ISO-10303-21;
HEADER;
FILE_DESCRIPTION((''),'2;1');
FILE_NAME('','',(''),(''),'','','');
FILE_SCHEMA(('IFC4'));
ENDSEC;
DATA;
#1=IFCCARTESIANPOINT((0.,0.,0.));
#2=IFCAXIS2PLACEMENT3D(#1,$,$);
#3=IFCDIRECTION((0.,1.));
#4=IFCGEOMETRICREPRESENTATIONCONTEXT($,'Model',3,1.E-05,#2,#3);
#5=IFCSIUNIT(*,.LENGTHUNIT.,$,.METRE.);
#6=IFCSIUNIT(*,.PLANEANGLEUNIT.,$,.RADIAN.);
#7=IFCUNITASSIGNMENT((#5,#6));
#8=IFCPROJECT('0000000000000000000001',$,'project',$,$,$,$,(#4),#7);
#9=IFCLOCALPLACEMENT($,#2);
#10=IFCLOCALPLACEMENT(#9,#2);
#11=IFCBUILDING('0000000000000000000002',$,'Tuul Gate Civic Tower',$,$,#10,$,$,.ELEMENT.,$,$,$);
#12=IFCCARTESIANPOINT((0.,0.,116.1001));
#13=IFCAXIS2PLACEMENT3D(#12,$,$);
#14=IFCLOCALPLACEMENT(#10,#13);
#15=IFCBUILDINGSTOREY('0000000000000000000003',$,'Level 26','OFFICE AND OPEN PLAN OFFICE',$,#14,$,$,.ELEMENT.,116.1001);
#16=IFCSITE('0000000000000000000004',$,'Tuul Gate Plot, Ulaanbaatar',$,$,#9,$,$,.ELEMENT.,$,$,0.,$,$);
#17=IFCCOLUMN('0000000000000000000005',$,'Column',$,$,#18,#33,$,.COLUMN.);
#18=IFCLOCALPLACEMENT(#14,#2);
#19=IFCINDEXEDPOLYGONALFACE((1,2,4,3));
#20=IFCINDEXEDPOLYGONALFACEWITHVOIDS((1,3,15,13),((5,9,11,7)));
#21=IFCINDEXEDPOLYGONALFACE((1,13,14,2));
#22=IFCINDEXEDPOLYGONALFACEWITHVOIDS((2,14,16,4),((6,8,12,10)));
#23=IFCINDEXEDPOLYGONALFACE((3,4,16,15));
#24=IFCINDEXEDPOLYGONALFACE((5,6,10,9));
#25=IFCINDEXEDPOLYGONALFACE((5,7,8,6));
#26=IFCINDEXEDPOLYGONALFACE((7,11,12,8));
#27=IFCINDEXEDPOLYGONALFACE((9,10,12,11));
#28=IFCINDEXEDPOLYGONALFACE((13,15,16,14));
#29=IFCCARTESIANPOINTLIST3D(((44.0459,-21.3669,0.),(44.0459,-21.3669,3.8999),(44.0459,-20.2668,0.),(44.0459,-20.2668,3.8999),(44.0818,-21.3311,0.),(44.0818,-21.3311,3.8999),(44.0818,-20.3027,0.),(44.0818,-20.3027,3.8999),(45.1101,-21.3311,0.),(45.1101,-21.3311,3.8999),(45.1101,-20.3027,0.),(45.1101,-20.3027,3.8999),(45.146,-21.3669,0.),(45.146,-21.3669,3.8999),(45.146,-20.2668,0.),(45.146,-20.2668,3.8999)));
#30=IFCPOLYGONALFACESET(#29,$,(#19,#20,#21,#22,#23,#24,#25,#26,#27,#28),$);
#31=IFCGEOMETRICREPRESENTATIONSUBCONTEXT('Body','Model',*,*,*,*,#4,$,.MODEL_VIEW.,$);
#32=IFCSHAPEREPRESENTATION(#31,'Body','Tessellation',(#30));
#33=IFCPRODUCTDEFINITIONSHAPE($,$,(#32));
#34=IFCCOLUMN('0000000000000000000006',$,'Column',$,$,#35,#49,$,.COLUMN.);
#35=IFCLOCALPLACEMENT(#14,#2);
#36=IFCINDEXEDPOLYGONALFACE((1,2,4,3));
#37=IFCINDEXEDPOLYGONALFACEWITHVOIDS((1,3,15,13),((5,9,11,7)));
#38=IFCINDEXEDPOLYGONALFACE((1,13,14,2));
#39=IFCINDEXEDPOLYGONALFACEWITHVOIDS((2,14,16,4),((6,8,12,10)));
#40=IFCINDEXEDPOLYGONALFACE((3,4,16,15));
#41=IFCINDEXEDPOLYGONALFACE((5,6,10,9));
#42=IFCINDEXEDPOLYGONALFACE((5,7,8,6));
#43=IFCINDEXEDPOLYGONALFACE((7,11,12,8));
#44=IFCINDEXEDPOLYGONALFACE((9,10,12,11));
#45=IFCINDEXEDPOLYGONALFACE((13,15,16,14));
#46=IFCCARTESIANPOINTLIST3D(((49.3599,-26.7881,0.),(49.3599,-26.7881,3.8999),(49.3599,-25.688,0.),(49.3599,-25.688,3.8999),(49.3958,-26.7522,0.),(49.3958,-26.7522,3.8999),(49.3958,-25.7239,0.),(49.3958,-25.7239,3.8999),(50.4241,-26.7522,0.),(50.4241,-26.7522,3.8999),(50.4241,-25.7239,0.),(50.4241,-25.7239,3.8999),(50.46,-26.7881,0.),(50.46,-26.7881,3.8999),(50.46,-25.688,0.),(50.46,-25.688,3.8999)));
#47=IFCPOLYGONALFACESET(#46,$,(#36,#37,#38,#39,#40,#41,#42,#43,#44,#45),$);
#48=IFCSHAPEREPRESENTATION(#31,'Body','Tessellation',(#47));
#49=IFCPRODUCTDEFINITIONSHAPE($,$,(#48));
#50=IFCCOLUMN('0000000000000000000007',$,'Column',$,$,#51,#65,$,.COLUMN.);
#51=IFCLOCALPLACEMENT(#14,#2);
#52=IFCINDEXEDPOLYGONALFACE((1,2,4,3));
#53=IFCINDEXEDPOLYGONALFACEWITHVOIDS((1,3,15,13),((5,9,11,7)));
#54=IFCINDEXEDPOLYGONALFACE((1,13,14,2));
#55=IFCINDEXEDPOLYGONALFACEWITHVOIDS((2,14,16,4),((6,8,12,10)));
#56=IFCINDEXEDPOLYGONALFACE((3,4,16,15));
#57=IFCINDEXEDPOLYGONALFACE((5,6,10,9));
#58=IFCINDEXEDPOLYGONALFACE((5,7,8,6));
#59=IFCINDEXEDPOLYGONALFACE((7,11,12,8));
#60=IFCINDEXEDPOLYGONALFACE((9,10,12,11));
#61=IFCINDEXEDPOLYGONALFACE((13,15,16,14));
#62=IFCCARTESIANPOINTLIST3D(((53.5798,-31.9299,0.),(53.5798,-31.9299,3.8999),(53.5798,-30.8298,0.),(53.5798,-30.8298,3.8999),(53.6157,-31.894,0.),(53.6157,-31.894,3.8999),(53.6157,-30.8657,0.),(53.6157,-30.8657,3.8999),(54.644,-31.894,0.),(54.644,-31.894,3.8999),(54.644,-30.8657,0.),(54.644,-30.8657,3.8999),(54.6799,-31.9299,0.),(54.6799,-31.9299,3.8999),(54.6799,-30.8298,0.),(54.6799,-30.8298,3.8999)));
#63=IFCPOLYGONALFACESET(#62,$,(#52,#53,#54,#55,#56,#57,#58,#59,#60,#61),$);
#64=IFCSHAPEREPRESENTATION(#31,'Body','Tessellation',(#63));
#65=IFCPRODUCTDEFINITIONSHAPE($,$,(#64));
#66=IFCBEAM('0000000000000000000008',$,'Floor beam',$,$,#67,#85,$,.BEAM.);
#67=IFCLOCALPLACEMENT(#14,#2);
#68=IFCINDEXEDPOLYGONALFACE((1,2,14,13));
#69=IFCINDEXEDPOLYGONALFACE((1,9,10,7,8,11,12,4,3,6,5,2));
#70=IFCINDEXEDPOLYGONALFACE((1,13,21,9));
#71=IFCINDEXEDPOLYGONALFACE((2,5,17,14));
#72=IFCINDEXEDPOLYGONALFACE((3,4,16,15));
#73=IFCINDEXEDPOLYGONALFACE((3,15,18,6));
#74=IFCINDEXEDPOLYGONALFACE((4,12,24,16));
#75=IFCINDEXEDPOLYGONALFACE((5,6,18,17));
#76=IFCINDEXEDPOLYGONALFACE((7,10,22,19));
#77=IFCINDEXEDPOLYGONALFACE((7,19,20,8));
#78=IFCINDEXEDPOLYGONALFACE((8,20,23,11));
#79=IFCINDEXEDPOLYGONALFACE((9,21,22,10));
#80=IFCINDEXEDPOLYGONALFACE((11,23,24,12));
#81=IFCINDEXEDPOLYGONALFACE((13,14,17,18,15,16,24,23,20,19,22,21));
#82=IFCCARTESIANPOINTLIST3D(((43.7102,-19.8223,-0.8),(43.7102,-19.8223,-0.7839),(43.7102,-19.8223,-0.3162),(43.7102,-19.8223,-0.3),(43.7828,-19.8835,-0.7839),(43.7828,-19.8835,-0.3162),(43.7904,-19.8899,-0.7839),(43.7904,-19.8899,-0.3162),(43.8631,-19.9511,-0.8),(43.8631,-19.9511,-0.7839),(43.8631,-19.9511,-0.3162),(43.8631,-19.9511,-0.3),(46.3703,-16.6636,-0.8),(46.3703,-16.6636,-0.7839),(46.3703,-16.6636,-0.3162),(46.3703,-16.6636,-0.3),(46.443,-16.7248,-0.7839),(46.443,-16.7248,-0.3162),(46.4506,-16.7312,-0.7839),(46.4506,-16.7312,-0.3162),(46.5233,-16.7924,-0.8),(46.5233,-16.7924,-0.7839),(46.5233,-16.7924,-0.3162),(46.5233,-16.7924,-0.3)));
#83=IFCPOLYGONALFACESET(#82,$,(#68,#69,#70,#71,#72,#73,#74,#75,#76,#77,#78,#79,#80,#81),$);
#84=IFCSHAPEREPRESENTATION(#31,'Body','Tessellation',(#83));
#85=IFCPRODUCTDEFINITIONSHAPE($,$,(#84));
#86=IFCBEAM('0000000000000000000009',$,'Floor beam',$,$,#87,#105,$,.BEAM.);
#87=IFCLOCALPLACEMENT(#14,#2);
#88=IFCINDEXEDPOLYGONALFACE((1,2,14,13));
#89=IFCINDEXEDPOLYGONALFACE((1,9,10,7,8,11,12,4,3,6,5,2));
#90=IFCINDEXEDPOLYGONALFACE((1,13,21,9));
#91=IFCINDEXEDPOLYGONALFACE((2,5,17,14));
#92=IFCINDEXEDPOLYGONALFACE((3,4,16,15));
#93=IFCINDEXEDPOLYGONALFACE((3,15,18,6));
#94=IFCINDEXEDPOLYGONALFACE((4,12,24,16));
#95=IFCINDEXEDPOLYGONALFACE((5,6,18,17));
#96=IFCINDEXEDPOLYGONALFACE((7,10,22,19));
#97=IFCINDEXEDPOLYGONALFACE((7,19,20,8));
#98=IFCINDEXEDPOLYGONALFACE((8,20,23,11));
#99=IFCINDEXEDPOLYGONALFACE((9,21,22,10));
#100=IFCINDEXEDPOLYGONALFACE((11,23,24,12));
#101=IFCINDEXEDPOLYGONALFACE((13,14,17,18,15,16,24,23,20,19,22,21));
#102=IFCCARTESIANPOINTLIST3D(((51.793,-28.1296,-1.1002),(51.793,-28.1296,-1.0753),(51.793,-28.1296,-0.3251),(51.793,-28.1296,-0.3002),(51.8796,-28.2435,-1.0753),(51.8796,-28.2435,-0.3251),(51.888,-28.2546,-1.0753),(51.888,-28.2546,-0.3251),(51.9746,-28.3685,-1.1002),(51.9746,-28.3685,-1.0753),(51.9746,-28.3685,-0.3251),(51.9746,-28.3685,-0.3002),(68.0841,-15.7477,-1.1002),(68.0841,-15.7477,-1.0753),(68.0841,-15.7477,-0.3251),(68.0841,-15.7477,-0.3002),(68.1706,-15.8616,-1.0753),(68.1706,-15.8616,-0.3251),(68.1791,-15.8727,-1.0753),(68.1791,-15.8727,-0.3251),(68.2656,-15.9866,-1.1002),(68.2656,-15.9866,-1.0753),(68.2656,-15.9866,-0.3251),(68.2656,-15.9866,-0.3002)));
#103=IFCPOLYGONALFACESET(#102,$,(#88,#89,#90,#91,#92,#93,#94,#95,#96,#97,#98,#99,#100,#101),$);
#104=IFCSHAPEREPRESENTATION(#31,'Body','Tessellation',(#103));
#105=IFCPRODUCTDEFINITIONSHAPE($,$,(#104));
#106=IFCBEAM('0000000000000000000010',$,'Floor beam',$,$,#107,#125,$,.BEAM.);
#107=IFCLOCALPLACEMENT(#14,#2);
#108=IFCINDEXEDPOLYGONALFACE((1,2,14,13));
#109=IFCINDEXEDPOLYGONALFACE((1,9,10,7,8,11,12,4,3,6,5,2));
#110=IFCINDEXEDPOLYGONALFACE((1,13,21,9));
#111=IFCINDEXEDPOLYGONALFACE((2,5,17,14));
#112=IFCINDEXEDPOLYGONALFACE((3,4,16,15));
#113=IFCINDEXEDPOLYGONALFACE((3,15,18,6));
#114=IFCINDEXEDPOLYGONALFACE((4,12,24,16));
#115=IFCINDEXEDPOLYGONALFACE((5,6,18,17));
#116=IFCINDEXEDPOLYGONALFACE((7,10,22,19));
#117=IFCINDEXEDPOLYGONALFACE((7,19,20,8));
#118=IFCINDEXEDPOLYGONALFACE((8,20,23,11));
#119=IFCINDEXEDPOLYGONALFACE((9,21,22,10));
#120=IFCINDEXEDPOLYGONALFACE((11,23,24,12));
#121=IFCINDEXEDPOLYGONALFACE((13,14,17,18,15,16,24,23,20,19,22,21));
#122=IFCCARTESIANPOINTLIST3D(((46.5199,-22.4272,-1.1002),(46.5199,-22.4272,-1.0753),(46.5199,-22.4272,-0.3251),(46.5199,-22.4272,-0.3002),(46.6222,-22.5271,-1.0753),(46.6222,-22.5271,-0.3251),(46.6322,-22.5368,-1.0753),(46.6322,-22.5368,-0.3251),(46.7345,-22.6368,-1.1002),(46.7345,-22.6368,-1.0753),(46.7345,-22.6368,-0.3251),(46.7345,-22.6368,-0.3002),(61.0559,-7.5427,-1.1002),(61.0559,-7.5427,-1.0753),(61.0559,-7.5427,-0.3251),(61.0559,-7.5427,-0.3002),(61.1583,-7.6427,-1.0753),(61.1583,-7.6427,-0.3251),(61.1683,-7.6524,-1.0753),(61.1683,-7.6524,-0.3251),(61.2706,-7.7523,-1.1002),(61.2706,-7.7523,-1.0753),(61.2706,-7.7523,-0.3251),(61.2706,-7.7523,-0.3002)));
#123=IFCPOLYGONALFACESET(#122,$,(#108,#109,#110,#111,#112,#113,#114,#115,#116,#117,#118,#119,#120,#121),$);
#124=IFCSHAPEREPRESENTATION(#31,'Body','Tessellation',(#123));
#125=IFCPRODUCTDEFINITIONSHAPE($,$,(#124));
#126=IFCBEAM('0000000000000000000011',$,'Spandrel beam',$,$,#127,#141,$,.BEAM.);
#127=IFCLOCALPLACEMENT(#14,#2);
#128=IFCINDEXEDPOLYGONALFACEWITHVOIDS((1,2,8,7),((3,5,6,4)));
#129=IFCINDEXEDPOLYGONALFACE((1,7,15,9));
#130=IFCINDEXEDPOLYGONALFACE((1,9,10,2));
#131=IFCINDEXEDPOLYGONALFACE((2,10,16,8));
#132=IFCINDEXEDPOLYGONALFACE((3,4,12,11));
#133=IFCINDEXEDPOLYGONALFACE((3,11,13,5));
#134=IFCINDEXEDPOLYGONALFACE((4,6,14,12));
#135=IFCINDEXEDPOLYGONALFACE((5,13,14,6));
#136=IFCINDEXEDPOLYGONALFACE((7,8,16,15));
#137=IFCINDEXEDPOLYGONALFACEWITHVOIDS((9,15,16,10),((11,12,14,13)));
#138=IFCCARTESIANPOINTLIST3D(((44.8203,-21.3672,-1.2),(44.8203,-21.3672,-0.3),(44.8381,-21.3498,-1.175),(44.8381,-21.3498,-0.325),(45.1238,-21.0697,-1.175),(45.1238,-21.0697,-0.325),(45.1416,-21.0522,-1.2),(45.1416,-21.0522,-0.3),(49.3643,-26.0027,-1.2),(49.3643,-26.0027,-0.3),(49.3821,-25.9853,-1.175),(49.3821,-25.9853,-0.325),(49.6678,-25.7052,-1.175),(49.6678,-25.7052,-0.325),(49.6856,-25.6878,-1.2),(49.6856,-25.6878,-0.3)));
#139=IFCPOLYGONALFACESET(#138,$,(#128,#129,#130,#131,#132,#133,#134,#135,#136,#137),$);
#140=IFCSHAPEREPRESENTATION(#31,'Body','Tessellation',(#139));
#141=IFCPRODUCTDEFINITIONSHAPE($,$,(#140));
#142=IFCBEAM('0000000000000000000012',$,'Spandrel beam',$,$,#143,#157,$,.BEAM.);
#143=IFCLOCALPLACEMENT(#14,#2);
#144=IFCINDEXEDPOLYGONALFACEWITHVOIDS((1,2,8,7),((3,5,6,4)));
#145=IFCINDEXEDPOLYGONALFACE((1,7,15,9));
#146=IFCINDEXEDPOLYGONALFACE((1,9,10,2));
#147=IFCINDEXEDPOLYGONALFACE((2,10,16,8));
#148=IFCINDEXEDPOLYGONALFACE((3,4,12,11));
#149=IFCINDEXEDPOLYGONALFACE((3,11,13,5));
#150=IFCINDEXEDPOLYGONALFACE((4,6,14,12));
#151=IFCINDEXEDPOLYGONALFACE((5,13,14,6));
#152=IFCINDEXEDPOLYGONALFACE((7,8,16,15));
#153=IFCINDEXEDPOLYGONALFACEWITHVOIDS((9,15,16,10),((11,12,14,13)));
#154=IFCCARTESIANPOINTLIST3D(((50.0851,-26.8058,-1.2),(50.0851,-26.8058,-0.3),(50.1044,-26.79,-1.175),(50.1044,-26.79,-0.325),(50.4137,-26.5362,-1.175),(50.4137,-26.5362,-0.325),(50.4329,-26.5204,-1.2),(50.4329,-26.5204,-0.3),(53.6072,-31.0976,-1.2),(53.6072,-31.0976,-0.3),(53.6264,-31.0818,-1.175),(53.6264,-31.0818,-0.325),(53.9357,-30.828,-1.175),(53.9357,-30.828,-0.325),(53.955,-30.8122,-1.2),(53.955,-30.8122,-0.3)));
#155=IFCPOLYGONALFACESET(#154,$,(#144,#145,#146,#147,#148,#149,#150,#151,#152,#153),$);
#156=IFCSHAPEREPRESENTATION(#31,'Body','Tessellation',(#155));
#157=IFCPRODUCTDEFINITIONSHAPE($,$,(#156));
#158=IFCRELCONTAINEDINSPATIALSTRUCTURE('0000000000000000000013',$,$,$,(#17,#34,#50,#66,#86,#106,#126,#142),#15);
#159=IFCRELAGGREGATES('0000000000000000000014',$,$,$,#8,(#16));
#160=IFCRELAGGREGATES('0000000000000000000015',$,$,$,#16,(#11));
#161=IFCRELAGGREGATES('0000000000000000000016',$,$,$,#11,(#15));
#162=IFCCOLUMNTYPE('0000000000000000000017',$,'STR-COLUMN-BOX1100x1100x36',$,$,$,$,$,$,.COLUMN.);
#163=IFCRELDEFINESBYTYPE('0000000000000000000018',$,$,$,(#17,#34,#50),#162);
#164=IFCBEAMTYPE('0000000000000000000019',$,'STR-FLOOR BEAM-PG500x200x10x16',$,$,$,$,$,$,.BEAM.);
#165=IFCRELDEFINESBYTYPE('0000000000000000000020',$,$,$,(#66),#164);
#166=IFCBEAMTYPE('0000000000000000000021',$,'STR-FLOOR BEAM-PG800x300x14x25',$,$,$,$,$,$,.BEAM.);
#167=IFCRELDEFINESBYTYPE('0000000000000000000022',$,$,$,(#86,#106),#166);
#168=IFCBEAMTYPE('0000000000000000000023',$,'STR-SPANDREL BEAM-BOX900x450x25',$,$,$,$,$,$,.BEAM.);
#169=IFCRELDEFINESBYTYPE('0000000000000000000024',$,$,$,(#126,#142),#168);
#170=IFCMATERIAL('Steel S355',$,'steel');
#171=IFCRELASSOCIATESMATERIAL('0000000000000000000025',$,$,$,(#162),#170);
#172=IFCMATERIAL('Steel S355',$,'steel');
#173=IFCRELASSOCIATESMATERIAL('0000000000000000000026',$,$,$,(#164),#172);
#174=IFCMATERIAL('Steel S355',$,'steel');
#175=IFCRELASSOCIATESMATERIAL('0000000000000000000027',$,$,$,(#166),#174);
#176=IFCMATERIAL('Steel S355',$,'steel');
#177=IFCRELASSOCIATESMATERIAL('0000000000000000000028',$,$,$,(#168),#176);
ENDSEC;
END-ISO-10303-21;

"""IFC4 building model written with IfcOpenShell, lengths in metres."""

from ifc_helpers import new_model, si_unit, direction, frame, origin, origin_2d, place, context, subcontext, project, spatial, hollow_rectangle, i_section, extrude, material, material_profile, profile_set, type_object, element, save


model = new_model("IFC4")

# Units and contexts
model_context = context("Model", 3, precision=1e-05, world=origin(), true_north=direction((0.0, 1.0)))
body_context = subcontext(model_context, "Body", "Model", "MODEL_VIEW")
ifc_project = project(units=[si_unit("LENGTHUNIT", "METRE"), si_unit("PLANEANGLEUNIT", "RADIAN")], contexts=[model_context])

# Site, building, storey
site_placement = place(None, origin())
site = spatial("IfcSite", under=ifc_project, at=site_placement, Name="Tuul Gate Plot, Ulaanbaatar", CompositionType="ELEMENT", RefElevation=0.0)
building_placement = place(site_placement, origin())
building = spatial("IfcBuilding", under=site, at=building_placement, Name="Tuul Gate Civic Tower", CompositionType="ELEMENT")
storey_placement = place(building_placement, frame((0.0, 0.0, 116.1001)))
storey = spatial("IfcBuildingStorey", under=building, at=storey_placement, Name="Level 26", Description="OFFICE AND OPEN PLAN OFFICE", CompositionType="ELEMENT", Elevation=116.1001)

# Columns
ifc_material_1 = material(Name="Steel S355", Category="steel")
ifc_material_profile_1 = material_profile(ifc_material_1, hollow_rectangle(XDim=1.1001, YDim=1.1001, WallThickness=0.0359, at=origin_2d()), Name="BOX1100x1100x36")
ifc_profile_set_1 = profile_set([ifc_material_profile_1], Name="Steel S355")
column_type = type_object("IfcColumnType", Name="STR-COLUMN-BOX1100x1100x36", PredefinedType="COLUMN", material=ifc_profile_set_1)
for number, where, z_axis, x_axis, name in (
    (1, (44.5959, -20.8169, 0.0), (0.0, 0.0, 1.0), (1.0, 0.0, 0.0), "Column"),
    (2, (49.9099, -26.238, 0.0), (0.0, 0.0, 1.0), (1.0, 0.0, 0.0), "Column"),
    (3, (54.1299, -31.3799, 0.0), (0.0, 0.0, 1.0), (1.0, 0.0, 0.0), "Column"),
):
    element("IfcColumn", number, at=place(storey_placement, frame(where, z_axis=z_axis, x_axis=x_axis)), inside=storey, type_object=column_type, Name=name, PredefinedType="COLUMN", context=body_context, shape_type="SweptSolid", body=[
        extrude(hollow_rectangle(XDim=1.1001, YDim=1.1001, WallThickness=0.0359, at=origin_2d()), origin(), (0.0, 0.0, 1.0), 3.8999),
    ])

# Beams
ifc_material_2 = material(Name="Steel S355", Category="steel")
ifc_material_profile_2 = material_profile(ifc_material_2, i_section(OverallWidth=0.2, OverallDepth=0.5, WebThickness=0.01, FlangeThickness=0.0161, at=origin_2d()), Name="PG500x200x10x16")
ifc_profile_set_2 = profile_set([ifc_material_profile_2], Name="Steel S355")
beam_type_1 = type_object("IfcBeamType", Name="STR-FLOOR BEAM-PG500x200x10x16", PredefinedType="BEAM", material=ifc_profile_set_2)
beam_1_placement = place(storey_placement, frame((43.7866, -19.8867, -0.55), z_axis=(0.644165, 0.764887, 0.0), x_axis=(-0.764887, 0.644165, 0.0)))
element("IfcBeam", 4, at=beam_1_placement, inside=storey, type_object=beam_type_1, Name="Floor beam", PredefinedType="BEAM", context=body_context, shape_type="SweptSolid", body=[
    extrude(i_section(OverallWidth=0.2, OverallDepth=0.5, WebThickness=0.01, FlangeThickness=0.0161, at=origin_2d()), origin(), (0.0, 0.0, 1.0), 4.1296),
])
ifc_material_3 = material(Name="Steel S355", Category="steel")
ifc_material_profile_3 = material_profile(ifc_material_3, i_section(OverallWidth=0.3, OverallDepth=0.8, WebThickness=0.0139, FlangeThickness=0.0249, at=origin_2d()), Name="PG800x300x14x25")
ifc_profile_set_3 = profile_set([ifc_material_profile_3], Name="Steel S355")
beam_type_2 = type_object("IfcBeamType", Name="STR-FLOOR BEAM-PG800x300x14x25", PredefinedType="BEAM", material=ifc_profile_set_3)
beam_2_placement = place(storey_placement, frame((51.8838, -28.249, -0.7002), z_axis=(0.796147, 0.605104, 0.0), x_axis=(-0.605104, 0.796147, 0.0)))
element("IfcBeam", 5, at=beam_2_placement, inside=storey, type_object=beam_type_2, Name="Floor beam", PredefinedType="BEAM", context=body_context, shape_type="SweptSolid", body=[
    extrude(i_section(OverallWidth=0.3, OverallDepth=0.8, WebThickness=0.0139, FlangeThickness=0.0249, at=origin_2d()), origin(), (0.0, 0.0, 1.0), 20.4624),
])
beam_3_placement = place(storey_placement, frame((46.6272, -22.532, -0.7002), z_axis=(0.698684, 0.71543, 0.0), x_axis=(-0.71543, 0.698684, 0.0)))
element("IfcBeam", 6, at=beam_3_placement, inside=storey, type_object=beam_type_2, Name="Floor beam", PredefinedType="BEAM", context=body_context, shape_type="SweptSolid", body=[
    extrude(i_section(OverallWidth=0.3, OverallDepth=0.8, WebThickness=0.0139, FlangeThickness=0.0249, at=origin_2d()), origin(), (0.0, 0.0, 1.0), 20.8049),
])
ifc_material_4 = material(Name="Steel S355", Category="steel")
ifc_material_profile_4 = material_profile(ifc_material_4, hollow_rectangle(XDim=0.45, YDim=0.8999, WallThickness=0.0249, at=origin_2d()), Name="BOX900x450x25")
ifc_profile_set_4 = profile_set([ifc_material_profile_4], Name="Steel S355")
beam_type_3 = type_object("IfcBeamType", Name="STR-SPANDREL BEAM-BOX900x450x25", PredefinedType="BEAM", material=ifc_profile_set_4)
beam_4_placement = place(storey_placement, frame((44.981, -21.2097, -0.75), z_axis=(0.70002, -0.714124, 0.0), x_axis=(0.714124, 0.70002, 0.0)))
element("IfcBeam", 7, at=beam_4_placement, inside=storey, type_object=beam_type_3, Name="Spandrel beam", PredefinedType="BEAM", context=body_context, shape_type="SweptSolid", body=[
    extrude(hollow_rectangle(XDim=0.45, YDim=0.8999, WallThickness=0.0249, at=origin_2d()), origin(), (0.0, 0.0, 1.0), 6.4912),
])
beam_5_placement = place(storey_placement, frame((50.259, -26.6631, -0.75), z_axis=(0.634375, -0.773026, 0.0), x_axis=(0.773026, 0.634375, 0.0)))
element("IfcBeam", 8, at=beam_5_placement, inside=storey, type_object=beam_type_3, Name="Spandrel beam", PredefinedType="BEAM", context=body_context, shape_type="SweptSolid", body=[
    extrude(hollow_rectangle(XDim=0.45, YDim=0.8999, WallThickness=0.0249, at=origin_2d()), origin(), (0.0, 0.0, 1.0), 5.552),
])

save(model, "model.ifc")
